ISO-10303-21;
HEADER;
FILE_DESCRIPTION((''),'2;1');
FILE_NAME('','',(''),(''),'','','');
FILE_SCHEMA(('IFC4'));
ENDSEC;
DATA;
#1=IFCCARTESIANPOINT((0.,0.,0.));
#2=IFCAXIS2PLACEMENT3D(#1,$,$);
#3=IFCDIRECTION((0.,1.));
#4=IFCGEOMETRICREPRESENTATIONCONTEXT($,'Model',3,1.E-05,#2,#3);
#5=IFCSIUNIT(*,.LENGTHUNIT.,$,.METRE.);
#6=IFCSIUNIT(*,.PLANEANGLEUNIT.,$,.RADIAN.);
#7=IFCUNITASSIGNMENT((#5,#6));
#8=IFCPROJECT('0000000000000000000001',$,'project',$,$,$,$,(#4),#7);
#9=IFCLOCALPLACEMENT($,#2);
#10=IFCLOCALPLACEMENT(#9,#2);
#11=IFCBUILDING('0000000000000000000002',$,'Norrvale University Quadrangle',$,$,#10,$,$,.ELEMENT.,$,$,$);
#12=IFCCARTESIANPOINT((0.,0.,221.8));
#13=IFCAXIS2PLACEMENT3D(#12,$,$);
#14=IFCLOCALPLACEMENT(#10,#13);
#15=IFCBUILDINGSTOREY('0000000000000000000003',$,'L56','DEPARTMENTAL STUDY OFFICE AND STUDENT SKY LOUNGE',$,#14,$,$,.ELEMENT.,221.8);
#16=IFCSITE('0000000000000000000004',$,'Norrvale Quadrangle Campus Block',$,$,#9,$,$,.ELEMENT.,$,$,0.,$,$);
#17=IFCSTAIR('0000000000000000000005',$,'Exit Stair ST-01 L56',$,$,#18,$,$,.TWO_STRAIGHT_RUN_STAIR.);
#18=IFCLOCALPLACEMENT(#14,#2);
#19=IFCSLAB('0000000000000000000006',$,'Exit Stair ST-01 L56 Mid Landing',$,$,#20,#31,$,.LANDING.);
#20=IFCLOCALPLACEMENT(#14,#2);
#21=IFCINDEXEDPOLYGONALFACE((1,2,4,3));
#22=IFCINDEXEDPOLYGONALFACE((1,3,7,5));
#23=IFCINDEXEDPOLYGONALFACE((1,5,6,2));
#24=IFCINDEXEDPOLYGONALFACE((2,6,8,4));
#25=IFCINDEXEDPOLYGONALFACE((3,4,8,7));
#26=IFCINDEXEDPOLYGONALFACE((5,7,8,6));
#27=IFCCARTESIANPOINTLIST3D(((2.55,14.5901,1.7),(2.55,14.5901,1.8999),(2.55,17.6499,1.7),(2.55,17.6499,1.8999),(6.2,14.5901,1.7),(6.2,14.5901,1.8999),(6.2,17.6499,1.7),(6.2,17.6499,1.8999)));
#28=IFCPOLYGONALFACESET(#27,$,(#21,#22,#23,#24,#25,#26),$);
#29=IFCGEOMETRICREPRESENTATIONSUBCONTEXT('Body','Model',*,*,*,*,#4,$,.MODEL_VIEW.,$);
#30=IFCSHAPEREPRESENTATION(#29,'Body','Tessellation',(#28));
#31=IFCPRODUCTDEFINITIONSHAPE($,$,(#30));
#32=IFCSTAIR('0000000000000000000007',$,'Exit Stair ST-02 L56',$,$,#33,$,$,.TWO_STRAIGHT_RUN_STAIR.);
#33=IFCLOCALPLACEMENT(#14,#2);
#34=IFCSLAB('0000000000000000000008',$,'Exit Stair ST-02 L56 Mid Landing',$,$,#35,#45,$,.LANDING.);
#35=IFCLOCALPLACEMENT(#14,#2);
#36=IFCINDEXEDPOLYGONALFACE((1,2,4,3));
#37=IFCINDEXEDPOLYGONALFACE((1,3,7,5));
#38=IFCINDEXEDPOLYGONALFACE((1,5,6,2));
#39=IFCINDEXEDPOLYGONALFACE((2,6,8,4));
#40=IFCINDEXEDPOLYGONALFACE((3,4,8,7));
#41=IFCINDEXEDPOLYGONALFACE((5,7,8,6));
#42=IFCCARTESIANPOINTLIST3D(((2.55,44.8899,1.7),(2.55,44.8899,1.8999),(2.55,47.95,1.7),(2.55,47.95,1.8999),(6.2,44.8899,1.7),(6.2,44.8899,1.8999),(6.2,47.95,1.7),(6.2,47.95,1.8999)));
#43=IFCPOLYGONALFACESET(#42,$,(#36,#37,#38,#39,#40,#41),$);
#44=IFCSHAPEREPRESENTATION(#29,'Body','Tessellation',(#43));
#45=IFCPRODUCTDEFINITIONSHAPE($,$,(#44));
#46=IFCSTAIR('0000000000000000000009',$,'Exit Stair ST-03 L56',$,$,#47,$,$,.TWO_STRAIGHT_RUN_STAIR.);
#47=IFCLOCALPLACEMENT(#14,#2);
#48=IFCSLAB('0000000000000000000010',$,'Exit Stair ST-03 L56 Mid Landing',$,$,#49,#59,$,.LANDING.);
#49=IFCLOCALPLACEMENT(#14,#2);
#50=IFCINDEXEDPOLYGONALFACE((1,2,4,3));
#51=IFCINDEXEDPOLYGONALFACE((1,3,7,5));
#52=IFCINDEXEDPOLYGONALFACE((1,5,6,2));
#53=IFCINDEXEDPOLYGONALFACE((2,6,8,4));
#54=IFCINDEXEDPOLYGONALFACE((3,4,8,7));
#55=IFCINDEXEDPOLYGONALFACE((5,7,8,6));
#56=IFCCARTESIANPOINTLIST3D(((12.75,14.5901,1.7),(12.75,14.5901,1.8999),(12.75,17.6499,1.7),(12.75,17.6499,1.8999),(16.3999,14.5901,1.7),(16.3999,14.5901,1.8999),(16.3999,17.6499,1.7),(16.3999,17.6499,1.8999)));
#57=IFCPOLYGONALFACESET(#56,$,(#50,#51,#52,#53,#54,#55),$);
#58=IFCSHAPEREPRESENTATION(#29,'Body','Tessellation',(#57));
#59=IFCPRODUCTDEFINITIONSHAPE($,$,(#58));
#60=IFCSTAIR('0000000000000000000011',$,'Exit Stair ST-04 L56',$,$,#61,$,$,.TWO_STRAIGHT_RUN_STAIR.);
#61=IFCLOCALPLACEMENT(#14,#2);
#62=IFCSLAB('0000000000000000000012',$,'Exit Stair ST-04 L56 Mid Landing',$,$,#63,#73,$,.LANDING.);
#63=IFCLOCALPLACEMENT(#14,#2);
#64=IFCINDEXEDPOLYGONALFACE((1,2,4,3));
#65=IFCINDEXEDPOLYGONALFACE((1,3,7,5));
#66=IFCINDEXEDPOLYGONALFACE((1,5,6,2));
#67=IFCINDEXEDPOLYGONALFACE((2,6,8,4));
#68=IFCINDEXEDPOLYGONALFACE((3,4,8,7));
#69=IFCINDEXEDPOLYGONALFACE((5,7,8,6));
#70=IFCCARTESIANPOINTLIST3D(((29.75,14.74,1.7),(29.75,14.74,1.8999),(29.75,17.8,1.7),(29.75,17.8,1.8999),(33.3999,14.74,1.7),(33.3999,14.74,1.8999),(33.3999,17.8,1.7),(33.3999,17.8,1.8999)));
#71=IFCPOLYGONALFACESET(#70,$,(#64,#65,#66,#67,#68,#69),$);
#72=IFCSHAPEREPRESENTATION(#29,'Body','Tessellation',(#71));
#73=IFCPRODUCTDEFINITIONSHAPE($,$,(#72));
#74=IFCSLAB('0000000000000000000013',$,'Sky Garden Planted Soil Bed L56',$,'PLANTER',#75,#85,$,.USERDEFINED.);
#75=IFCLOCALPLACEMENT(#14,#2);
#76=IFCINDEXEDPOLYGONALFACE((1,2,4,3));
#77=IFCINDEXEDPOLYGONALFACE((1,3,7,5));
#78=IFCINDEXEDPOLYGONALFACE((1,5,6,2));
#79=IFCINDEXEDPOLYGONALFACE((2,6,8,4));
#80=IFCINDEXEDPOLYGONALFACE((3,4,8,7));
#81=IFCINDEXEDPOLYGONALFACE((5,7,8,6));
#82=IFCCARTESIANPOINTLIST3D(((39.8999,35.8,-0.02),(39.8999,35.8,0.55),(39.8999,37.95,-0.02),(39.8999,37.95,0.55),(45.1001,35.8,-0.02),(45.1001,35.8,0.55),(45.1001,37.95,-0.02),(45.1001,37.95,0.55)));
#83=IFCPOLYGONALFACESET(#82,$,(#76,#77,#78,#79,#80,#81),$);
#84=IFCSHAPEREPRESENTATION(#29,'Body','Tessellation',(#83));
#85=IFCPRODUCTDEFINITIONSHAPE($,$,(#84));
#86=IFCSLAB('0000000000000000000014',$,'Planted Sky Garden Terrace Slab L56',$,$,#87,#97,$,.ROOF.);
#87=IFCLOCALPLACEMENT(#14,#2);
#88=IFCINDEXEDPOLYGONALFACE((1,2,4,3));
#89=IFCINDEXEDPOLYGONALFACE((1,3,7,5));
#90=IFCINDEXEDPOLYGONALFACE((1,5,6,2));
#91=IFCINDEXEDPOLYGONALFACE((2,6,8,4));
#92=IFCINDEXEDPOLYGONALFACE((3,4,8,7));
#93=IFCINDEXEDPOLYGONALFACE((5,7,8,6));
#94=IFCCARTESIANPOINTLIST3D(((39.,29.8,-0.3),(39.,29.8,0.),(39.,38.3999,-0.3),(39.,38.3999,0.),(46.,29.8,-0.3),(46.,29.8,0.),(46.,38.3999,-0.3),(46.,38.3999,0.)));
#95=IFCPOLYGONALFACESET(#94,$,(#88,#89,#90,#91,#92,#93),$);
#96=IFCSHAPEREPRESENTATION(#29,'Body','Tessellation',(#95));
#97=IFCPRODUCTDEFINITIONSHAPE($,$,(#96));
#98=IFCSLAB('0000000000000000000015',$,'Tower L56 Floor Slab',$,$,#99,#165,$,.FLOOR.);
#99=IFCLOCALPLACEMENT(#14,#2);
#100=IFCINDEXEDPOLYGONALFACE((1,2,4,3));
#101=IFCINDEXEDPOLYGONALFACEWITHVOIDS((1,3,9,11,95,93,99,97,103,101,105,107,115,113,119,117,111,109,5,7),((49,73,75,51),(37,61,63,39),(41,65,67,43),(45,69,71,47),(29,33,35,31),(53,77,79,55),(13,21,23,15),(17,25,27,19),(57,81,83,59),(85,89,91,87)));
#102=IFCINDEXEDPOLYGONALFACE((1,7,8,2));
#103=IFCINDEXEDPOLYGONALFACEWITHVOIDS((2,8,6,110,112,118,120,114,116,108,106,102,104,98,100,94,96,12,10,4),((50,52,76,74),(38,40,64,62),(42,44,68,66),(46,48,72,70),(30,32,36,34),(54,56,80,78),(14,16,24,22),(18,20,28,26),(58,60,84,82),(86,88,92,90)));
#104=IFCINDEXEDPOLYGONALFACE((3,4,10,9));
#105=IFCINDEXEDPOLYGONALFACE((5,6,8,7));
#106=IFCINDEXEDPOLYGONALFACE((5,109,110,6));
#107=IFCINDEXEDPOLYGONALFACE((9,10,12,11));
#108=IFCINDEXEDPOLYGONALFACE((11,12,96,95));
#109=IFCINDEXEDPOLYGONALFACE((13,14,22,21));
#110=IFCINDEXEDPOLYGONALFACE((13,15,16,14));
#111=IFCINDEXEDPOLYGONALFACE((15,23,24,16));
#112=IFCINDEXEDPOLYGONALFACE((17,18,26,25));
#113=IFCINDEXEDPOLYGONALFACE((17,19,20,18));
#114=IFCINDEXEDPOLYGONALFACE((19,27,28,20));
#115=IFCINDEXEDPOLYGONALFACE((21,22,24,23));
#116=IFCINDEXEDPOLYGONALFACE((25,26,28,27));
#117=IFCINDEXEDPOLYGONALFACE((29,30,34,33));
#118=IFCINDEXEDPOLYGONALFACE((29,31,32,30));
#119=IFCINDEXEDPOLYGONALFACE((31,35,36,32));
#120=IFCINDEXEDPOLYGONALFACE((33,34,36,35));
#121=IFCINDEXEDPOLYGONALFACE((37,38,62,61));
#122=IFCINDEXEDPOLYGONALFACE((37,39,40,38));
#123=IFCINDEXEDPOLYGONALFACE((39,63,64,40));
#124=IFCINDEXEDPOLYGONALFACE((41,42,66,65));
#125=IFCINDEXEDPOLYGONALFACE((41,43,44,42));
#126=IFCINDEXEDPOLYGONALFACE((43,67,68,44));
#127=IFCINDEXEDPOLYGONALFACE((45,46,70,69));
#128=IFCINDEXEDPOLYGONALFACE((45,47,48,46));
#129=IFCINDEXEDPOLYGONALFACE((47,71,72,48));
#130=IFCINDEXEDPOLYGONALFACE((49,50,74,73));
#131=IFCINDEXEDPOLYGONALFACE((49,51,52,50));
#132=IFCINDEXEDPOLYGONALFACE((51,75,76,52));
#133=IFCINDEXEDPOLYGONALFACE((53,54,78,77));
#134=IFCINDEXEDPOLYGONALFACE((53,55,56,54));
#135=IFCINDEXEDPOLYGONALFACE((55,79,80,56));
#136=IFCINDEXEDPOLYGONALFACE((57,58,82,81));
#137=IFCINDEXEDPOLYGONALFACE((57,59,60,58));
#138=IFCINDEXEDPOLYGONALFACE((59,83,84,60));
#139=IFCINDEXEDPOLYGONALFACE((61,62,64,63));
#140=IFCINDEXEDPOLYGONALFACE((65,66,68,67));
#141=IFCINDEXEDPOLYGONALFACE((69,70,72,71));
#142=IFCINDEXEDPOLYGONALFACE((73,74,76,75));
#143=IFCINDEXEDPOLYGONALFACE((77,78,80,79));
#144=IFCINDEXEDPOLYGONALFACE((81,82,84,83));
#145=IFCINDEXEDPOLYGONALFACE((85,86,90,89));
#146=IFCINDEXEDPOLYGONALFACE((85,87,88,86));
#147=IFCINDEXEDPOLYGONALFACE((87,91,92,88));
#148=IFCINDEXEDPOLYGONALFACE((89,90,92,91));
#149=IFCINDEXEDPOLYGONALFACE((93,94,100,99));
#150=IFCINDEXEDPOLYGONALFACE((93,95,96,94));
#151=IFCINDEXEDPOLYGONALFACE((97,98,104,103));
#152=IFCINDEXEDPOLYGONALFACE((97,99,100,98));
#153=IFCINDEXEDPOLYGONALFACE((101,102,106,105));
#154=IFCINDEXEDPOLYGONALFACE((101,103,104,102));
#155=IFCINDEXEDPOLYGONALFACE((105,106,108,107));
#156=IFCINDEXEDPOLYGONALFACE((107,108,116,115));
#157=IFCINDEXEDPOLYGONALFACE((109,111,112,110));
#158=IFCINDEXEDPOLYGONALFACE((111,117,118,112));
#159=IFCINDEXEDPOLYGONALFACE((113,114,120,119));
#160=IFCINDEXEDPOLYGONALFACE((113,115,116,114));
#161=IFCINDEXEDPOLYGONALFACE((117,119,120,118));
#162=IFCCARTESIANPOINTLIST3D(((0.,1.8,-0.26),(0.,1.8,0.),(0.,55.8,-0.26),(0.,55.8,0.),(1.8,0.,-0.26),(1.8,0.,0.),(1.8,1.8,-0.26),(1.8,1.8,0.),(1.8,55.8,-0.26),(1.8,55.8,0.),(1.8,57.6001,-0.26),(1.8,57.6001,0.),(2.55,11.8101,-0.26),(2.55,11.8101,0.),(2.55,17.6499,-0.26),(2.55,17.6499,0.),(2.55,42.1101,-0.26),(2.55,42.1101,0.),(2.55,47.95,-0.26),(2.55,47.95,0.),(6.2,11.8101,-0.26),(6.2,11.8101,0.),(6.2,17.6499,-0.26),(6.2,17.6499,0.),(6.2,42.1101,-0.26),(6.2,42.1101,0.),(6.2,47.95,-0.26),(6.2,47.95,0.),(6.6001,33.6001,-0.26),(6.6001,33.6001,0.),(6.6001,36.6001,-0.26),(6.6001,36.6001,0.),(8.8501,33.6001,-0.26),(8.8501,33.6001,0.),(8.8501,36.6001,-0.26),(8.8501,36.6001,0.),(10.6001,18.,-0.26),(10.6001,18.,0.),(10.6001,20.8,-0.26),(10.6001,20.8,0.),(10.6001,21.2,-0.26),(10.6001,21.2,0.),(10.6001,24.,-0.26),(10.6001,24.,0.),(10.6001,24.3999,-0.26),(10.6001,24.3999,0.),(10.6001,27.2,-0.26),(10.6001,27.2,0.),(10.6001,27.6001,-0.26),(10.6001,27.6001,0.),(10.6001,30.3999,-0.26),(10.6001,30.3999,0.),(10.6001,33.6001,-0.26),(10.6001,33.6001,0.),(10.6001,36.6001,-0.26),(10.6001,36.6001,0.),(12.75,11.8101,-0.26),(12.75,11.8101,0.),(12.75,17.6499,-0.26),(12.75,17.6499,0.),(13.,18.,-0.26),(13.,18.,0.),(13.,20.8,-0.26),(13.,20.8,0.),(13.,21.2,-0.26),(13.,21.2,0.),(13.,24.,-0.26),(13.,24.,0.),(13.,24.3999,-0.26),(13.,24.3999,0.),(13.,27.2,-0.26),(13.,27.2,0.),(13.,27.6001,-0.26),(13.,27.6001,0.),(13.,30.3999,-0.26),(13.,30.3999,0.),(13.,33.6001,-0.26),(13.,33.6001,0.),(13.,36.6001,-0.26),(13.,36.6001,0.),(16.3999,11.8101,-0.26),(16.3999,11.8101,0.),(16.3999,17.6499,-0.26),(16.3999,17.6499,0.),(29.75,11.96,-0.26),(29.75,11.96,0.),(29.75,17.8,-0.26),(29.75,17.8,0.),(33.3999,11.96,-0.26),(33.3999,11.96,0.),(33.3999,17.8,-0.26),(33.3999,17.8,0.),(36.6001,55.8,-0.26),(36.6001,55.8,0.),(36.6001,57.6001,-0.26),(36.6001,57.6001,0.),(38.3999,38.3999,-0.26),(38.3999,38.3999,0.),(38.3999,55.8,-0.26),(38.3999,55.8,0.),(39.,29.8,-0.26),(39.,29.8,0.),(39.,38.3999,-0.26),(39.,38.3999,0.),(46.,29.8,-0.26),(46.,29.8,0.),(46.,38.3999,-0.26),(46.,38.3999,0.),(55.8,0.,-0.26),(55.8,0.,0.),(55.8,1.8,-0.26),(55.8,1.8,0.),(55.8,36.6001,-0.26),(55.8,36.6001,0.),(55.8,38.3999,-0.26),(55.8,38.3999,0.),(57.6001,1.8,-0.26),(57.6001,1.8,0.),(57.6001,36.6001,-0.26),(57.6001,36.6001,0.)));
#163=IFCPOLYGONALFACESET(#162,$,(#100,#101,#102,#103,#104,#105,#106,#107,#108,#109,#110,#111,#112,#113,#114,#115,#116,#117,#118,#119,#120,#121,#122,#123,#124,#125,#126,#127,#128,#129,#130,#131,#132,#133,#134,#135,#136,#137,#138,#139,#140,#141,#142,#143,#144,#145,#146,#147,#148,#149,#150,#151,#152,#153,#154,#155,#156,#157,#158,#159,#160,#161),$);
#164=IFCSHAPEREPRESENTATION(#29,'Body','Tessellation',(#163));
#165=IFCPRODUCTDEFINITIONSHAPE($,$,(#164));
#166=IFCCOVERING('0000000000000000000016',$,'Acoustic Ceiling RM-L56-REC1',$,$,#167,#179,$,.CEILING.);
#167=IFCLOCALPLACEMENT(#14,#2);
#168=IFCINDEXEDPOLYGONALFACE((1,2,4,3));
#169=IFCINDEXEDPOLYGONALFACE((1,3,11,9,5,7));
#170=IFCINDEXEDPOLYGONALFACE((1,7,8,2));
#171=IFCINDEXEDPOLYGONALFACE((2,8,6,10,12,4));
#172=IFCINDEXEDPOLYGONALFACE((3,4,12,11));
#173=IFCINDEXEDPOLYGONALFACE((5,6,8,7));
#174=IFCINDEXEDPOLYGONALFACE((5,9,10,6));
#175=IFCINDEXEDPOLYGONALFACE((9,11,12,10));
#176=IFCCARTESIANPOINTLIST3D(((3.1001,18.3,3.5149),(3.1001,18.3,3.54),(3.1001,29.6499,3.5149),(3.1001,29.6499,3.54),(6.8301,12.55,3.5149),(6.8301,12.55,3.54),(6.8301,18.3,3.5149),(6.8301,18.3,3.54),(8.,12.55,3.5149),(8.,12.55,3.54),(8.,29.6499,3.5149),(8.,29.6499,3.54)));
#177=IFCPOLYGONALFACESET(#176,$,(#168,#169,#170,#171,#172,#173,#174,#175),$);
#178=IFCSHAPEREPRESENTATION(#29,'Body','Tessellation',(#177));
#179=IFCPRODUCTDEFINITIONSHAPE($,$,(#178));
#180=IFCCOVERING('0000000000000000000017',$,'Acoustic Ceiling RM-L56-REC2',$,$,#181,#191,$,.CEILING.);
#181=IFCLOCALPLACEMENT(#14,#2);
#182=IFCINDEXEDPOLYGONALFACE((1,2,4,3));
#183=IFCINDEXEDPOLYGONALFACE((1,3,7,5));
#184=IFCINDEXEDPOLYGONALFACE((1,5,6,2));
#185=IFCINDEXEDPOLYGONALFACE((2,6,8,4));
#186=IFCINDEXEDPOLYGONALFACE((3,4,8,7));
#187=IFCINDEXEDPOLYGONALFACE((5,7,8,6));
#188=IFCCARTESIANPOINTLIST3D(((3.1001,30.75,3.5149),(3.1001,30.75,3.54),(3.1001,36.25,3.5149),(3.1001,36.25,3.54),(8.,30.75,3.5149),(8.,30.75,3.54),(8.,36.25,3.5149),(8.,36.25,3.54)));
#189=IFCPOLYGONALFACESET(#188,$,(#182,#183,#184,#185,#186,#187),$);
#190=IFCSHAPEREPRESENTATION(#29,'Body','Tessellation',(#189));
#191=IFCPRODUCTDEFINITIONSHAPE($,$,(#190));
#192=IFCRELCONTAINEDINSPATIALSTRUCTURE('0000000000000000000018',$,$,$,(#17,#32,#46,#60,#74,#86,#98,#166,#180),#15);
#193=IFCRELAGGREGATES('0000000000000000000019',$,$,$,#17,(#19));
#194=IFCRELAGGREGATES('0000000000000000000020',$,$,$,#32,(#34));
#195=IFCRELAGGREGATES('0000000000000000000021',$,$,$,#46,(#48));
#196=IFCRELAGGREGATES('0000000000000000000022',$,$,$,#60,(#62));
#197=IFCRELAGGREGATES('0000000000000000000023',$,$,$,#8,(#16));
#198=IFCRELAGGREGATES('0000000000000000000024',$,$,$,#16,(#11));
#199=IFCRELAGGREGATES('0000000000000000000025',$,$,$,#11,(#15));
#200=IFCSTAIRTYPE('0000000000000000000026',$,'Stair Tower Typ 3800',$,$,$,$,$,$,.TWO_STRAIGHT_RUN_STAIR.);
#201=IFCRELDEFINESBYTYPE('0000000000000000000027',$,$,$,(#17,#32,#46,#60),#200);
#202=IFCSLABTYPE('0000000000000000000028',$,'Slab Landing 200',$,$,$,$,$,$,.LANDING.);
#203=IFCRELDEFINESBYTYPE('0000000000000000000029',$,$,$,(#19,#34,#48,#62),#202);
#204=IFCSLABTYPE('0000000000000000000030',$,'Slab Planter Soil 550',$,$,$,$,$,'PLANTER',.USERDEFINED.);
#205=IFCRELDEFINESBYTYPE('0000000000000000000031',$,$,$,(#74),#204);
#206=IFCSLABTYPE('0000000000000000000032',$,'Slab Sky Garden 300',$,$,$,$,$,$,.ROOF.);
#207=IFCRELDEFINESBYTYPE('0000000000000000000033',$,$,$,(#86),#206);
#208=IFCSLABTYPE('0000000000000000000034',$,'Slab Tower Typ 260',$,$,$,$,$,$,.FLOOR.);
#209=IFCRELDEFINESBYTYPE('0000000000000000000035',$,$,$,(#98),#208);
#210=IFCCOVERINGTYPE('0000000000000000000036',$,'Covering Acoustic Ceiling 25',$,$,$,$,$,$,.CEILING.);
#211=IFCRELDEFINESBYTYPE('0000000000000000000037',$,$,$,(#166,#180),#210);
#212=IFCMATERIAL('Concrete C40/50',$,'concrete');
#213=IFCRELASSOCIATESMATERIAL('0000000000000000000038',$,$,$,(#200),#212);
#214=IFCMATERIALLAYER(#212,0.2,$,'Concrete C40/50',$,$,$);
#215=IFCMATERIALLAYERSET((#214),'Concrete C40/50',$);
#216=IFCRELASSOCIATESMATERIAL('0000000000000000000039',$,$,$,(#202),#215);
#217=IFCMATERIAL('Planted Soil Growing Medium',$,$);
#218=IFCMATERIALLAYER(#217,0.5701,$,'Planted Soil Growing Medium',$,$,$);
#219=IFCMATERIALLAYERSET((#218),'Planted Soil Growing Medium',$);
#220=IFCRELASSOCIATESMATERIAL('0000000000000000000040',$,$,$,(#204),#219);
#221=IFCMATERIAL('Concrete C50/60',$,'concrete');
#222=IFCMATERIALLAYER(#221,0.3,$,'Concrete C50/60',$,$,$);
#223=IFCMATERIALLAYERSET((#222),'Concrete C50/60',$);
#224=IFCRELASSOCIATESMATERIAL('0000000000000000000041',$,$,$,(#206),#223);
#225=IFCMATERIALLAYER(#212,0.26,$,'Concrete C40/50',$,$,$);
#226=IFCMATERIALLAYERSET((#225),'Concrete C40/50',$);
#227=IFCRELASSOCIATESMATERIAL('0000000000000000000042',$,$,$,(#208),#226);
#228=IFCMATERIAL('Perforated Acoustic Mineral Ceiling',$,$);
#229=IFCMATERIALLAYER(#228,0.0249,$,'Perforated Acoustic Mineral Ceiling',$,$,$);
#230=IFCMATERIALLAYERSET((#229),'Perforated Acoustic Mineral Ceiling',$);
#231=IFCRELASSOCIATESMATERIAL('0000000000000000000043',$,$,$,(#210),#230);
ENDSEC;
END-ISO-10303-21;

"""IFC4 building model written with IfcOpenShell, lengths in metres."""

from ifc_helpers import new_model, si_unit, direction, frame, origin, place, context, subcontext, project, spatial, polyline, outline, extrude, material, layer, layer_set, type_object, element, aggregate, save


model = new_model("IFC4")

# Units and contexts
model_context = context("Model", 3, precision=1e-05, world=origin(), true_north=direction((0.0, 1.0)))
body_context = subcontext(model_context, "Body", "Model", "MODEL_VIEW")
ifc_project = project(units=[si_unit("LENGTHUNIT", "METRE"), si_unit("PLANEANGLEUNIT", "RADIAN")], contexts=[model_context])

# Site, building, storey
site_placement = place(None, origin())
site = spatial("IfcSite", under=ifc_project, at=site_placement, Name="Norrvale Quadrangle Campus Block", CompositionType="ELEMENT", RefElevation=0.0)
building_placement = place(site_placement, origin())
building = spatial("IfcBuilding", under=site, at=building_placement, Name="Norrvale University Quadrangle", CompositionType="ELEMENT")
storey_placement = place(building_placement, frame((0.0, 0.0, 221.8)))
storey = spatial("IfcBuildingStorey", under=building, at=storey_placement, Name="L56", Description="DEPARTMENTAL STUDY OFFICE AND STUDENT SKY LOUNGE", CompositionType="ELEMENT", Elevation=221.8)

# Stairs, slabs
ifc_material_1 = material(Name="Concrete C40/50", Category="concrete")
stair_type = type_object("IfcStairType", Name="Stair Tower Typ 3800", PredefinedType="TWO_STRAIGHT_RUN_STAIR", material=ifc_material_1)
stair_1_placement = place(storey_placement, origin())
stair_1 = element("IfcStair", 1, at=stair_1_placement, inside=storey, type_object=stair_type, Name="Exit Stair ST-01 L56", PredefinedType="TWO_STRAIGHT_RUN_STAIR")
ifc_layer_1 = layer(ifc_material_1, 0.2, Name="Concrete C40/50")
ifc_layer_set_1 = layer_set([ifc_layer_1], Name="Concrete C40/50")
slab_type_1 = type_object("IfcSlabType", Name="Slab Landing 200", PredefinedType="LANDING", material=ifc_layer_set_1)
slab_1_placement = place(storey_placement, frame((0.0, 0.0, 1.7)))
slab_1 = element("IfcSlab", 2, at=slab_1_placement, type_object=slab_type_1, Name="Exit Stair ST-01 L56 Mid Landing", PredefinedType="LANDING", context=body_context, shape_type="SweptSolid", body=[
    extrude(outline(polyline([(2.55, 14.5901), (6.2, 14.5901), (6.2, 17.6499), (2.55, 17.6499), (2.55, 14.5901)])), origin(), (0.0, 0.0, 1.0), 0.2),
])
aggregate(stair_1, [slab_1])
stair_2_placement = place(storey_placement, origin())
stair_2 = element("IfcStair", 3, at=stair_2_placement, inside=storey, type_object=stair_type, Name="Exit Stair ST-02 L56", PredefinedType="TWO_STRAIGHT_RUN_STAIR")
slab_2_placement = place(storey_placement, frame((0.0, 0.0, 1.7)))
slab_2 = element("IfcSlab", 4, at=slab_2_placement, type_object=slab_type_1, Name="Exit Stair ST-02 L56 Mid Landing", PredefinedType="LANDING", context=body_context, shape_type="SweptSolid", body=[
    extrude(outline(polyline([(2.55, 44.8899), (6.2, 44.8899), (6.2, 47.95), (2.55, 47.95), (2.55, 44.8899)])), origin(), (0.0, 0.0, 1.0), 0.2),
])
aggregate(stair_2, [slab_2])
stair_3_placement = place(storey_placement, origin())
stair_3 = element("IfcStair", 5, at=stair_3_placement, inside=storey, type_object=stair_type, Name="Exit Stair ST-03 L56", PredefinedType="TWO_STRAIGHT_RUN_STAIR")
slab_3_placement = place(storey_placement, frame((0.0, 0.0, 1.7)))
slab_3 = element("IfcSlab", 6, at=slab_3_placement, type_object=slab_type_1, Name="Exit Stair ST-03 L56 Mid Landing", PredefinedType="LANDING", context=body_context, shape_type="SweptSolid", body=[
    extrude(outline(polyline([(12.75, 14.5901), (16.3999, 14.5901), (16.3999, 17.6499), (12.75, 17.6499), (12.75, 14.5901)])), origin(), (0.0, 0.0, 1.0), 0.2),
])
aggregate(stair_3, [slab_3])
stair_4_placement = place(storey_placement, origin())
stair_4 = element("IfcStair", 7, at=stair_4_placement, inside=storey, type_object=stair_type, Name="Exit Stair ST-04 L56", PredefinedType="TWO_STRAIGHT_RUN_STAIR")
slab_4_placement = place(storey_placement, frame((0.0, 0.0, 1.7)))
slab_4 = element("IfcSlab", 8, at=slab_4_placement, type_object=slab_type_1, Name="Exit Stair ST-04 L56 Mid Landing", PredefinedType="LANDING", context=body_context, shape_type="SweptSolid", body=[
    extrude(outline(polyline([(29.75, 14.74), (33.3999, 14.74), (33.3999, 17.8), (29.75, 17.8), (29.75, 14.74)])), origin(), (0.0, 0.0, 1.0), 0.2),
])
aggregate(stair_4, [slab_4])

# Slabs
ifc_material_2 = material(Name="Planted Soil Growing Medium")
ifc_layer_2 = layer(ifc_material_2, 0.5701, Name="Planted Soil Growing Medium")
ifc_layer_set_2 = layer_set([ifc_layer_2], Name="Planted Soil Growing Medium")
slab_type_2 = type_object("IfcSlabType", Name="Slab Planter Soil 550", ElementType="PLANTER", PredefinedType="USERDEFINED", material=ifc_layer_set_2)
slab_5_placement = place(storey_placement, frame((0.0, 0.0, -0.02)))
element("IfcSlab", 9, at=slab_5_placement, inside=storey, type_object=slab_type_2, Name="Sky Garden Planted Soil Bed L56", ObjectType="PLANTER", PredefinedType="USERDEFINED", context=body_context, shape_type="SweptSolid", body=[
    extrude(outline(polyline([(39.8999, 35.8), (45.1001, 35.8), (45.1001, 37.95), (39.8999, 37.95), (39.8999, 35.8)])), origin(), (0.0, 0.0, 1.0), 0.5701),
])
ifc_material_3 = material(Name="Concrete C50/60", Category="concrete")
ifc_layer_3 = layer(ifc_material_3, 0.3, Name="Concrete C50/60")
ifc_layer_set_3 = layer_set([ifc_layer_3], Name="Concrete C50/60")
slab_type_3 = type_object("IfcSlabType", Name="Slab Sky Garden 300", PredefinedType="ROOF", material=ifc_layer_set_3)
slab_6_placement = place(storey_placement, frame((0.0, 0.0, -0.3)))
element("IfcSlab", 10, at=slab_6_placement, inside=storey, type_object=slab_type_3, Name="Planted Sky Garden Terrace Slab L56", PredefinedType="ROOF", context=body_context, shape_type="SweptSolid", body=[
    extrude(outline(polyline([(39.0, 29.8), (46.0, 29.8), (46.0, 38.3999), (39.0, 38.3999), (39.0, 29.8)])), origin(), (0.0, 0.0, 1.0), 0.3),
])
ifc_layer_4 = layer(ifc_material_1, 0.26, Name="Concrete C40/50")
ifc_layer_set_4 = layer_set([ifc_layer_4], Name="Concrete C40/50")
slab_type_4 = type_object("IfcSlabType", Name="Slab Tower Typ 260", PredefinedType="FLOOR", material=ifc_layer_set_4)
slab_7_placement = place(storey_placement, frame((0.0, 0.0, -0.26)))
element("IfcSlab", 11, at=slab_7_placement, inside=storey, type_object=slab_type_4, Name="Tower L56 Floor Slab", PredefinedType="FLOOR", context=body_context, shape_type="SweptSolid", body=[
    extrude(outline(polyline([(55.8, 38.3999), (55.8, 36.6001), (57.6001, 36.6001), (57.6001, 1.8), (55.8, 1.8), (55.8, 0.0), (1.8, 0.0), (1.8, 1.8), (0.0, 1.8), (0.0, 55.8), (1.8, 55.8), (1.8, 57.6001), (36.6001, 57.6001), (36.6001, 55.8), (38.3999, 55.8), (38.3999, 38.3999), (39.0, 38.3999), (39.0, 29.8), (46.0, 29.8), (46.0, 38.3999), (55.8, 38.3999)]), holes=[polyline([(2.55, 11.8101), (6.2, 11.8101), (6.2, 17.6499), (2.55, 17.6499), (2.55, 11.8101)]), polyline([(2.55, 42.1101), (6.2, 42.1101), (6.2, 47.95), (2.55, 47.95), (2.55, 42.1101)]), polyline([(12.75, 11.8101), (16.3999, 11.8101), (16.3999, 17.6499), (12.75, 17.6499), (12.75, 11.8101)]), polyline([(29.75, 11.96), (33.3999, 11.96), (33.3999, 17.8), (29.75, 17.8), (29.75, 11.96)]), polyline([(10.6001, 18.0), (13.0, 18.0), (13.0, 20.8), (10.6001, 20.8), (10.6001, 18.0)]), polyline([(10.6001, 21.2), (13.0, 21.2), (13.0, 24.0), (10.6001, 24.0), (10.6001, 21.2)]), polyline([(10.6001, 24.3999), (13.0, 24.3999), (13.0, 27.2), (10.6001, 27.2), (10.6001, 24.3999)]), polyline([(10.6001, 27.6001), (13.0, 27.6001), (13.0, 30.3999), (10.6001, 30.3999), (10.6001, 27.6001)]), polyline([(6.6001, 33.6001), (8.8501, 33.6001), (8.8501, 36.6001), (6.6001, 36.6001), (6.6001, 33.6001)]), polyline([(10.6001, 33.6001), (13.0, 33.6001), (13.0, 36.6001), (10.6001, 36.6001), (10.6001, 33.6001)])]), origin(), (0.0, 0.0, 1.0), 0.26),
])

# Coverings
ifc_material_4 = material(Name="Perforated Acoustic Mineral Ceiling")
ifc_layer_5 = layer(ifc_material_4, 0.0249, Name="Perforated Acoustic Mineral Ceiling")
ifc_layer_set_5 = layer_set([ifc_layer_5], Name="Perforated Acoustic Mineral Ceiling")
covering_type_1 = type_object("IfcCoveringType", Name="Covering Acoustic Ceiling 25", PredefinedType="CEILING", material=ifc_layer_set_5)
covering_1_placement = place(storey_placement, frame((0.0, 0.0, 3.5149)))
element("IfcCovering", 12, at=covering_1_placement, inside=storey, type_object=covering_type_1, Name="Acoustic Ceiling RM-L56-REC1", PredefinedType="CEILING", context=body_context, shape_type="SweptSolid", body=[
    extrude(outline(polyline([(3.1001, 18.3), (3.1001, 29.6499), (8.0, 29.6499), (8.0, 12.55), (6.8301, 12.55), (6.8301, 18.3), (3.1001, 18.3)])), origin(), (0.0, 0.0, 1.0), 0.0251),
])
covering_2_placement = place(storey_placement, frame((0.0, 0.0, 3.5149)))
element("IfcCovering", 13, at=covering_2_placement, inside=storey, type_object=covering_type_1, Name="Acoustic Ceiling RM-L56-REC2", PredefinedType="CEILING", context=body_context, shape_type="SweptSolid", body=[
    extrude(outline(polyline([(3.1001, 30.75), (3.1001, 36.25), (8.0, 36.25), (8.0, 30.75), (3.1001, 30.75)])), origin(), (0.0, 0.0, 1.0), 0.0251),
])

save(model, "model.ifc")
